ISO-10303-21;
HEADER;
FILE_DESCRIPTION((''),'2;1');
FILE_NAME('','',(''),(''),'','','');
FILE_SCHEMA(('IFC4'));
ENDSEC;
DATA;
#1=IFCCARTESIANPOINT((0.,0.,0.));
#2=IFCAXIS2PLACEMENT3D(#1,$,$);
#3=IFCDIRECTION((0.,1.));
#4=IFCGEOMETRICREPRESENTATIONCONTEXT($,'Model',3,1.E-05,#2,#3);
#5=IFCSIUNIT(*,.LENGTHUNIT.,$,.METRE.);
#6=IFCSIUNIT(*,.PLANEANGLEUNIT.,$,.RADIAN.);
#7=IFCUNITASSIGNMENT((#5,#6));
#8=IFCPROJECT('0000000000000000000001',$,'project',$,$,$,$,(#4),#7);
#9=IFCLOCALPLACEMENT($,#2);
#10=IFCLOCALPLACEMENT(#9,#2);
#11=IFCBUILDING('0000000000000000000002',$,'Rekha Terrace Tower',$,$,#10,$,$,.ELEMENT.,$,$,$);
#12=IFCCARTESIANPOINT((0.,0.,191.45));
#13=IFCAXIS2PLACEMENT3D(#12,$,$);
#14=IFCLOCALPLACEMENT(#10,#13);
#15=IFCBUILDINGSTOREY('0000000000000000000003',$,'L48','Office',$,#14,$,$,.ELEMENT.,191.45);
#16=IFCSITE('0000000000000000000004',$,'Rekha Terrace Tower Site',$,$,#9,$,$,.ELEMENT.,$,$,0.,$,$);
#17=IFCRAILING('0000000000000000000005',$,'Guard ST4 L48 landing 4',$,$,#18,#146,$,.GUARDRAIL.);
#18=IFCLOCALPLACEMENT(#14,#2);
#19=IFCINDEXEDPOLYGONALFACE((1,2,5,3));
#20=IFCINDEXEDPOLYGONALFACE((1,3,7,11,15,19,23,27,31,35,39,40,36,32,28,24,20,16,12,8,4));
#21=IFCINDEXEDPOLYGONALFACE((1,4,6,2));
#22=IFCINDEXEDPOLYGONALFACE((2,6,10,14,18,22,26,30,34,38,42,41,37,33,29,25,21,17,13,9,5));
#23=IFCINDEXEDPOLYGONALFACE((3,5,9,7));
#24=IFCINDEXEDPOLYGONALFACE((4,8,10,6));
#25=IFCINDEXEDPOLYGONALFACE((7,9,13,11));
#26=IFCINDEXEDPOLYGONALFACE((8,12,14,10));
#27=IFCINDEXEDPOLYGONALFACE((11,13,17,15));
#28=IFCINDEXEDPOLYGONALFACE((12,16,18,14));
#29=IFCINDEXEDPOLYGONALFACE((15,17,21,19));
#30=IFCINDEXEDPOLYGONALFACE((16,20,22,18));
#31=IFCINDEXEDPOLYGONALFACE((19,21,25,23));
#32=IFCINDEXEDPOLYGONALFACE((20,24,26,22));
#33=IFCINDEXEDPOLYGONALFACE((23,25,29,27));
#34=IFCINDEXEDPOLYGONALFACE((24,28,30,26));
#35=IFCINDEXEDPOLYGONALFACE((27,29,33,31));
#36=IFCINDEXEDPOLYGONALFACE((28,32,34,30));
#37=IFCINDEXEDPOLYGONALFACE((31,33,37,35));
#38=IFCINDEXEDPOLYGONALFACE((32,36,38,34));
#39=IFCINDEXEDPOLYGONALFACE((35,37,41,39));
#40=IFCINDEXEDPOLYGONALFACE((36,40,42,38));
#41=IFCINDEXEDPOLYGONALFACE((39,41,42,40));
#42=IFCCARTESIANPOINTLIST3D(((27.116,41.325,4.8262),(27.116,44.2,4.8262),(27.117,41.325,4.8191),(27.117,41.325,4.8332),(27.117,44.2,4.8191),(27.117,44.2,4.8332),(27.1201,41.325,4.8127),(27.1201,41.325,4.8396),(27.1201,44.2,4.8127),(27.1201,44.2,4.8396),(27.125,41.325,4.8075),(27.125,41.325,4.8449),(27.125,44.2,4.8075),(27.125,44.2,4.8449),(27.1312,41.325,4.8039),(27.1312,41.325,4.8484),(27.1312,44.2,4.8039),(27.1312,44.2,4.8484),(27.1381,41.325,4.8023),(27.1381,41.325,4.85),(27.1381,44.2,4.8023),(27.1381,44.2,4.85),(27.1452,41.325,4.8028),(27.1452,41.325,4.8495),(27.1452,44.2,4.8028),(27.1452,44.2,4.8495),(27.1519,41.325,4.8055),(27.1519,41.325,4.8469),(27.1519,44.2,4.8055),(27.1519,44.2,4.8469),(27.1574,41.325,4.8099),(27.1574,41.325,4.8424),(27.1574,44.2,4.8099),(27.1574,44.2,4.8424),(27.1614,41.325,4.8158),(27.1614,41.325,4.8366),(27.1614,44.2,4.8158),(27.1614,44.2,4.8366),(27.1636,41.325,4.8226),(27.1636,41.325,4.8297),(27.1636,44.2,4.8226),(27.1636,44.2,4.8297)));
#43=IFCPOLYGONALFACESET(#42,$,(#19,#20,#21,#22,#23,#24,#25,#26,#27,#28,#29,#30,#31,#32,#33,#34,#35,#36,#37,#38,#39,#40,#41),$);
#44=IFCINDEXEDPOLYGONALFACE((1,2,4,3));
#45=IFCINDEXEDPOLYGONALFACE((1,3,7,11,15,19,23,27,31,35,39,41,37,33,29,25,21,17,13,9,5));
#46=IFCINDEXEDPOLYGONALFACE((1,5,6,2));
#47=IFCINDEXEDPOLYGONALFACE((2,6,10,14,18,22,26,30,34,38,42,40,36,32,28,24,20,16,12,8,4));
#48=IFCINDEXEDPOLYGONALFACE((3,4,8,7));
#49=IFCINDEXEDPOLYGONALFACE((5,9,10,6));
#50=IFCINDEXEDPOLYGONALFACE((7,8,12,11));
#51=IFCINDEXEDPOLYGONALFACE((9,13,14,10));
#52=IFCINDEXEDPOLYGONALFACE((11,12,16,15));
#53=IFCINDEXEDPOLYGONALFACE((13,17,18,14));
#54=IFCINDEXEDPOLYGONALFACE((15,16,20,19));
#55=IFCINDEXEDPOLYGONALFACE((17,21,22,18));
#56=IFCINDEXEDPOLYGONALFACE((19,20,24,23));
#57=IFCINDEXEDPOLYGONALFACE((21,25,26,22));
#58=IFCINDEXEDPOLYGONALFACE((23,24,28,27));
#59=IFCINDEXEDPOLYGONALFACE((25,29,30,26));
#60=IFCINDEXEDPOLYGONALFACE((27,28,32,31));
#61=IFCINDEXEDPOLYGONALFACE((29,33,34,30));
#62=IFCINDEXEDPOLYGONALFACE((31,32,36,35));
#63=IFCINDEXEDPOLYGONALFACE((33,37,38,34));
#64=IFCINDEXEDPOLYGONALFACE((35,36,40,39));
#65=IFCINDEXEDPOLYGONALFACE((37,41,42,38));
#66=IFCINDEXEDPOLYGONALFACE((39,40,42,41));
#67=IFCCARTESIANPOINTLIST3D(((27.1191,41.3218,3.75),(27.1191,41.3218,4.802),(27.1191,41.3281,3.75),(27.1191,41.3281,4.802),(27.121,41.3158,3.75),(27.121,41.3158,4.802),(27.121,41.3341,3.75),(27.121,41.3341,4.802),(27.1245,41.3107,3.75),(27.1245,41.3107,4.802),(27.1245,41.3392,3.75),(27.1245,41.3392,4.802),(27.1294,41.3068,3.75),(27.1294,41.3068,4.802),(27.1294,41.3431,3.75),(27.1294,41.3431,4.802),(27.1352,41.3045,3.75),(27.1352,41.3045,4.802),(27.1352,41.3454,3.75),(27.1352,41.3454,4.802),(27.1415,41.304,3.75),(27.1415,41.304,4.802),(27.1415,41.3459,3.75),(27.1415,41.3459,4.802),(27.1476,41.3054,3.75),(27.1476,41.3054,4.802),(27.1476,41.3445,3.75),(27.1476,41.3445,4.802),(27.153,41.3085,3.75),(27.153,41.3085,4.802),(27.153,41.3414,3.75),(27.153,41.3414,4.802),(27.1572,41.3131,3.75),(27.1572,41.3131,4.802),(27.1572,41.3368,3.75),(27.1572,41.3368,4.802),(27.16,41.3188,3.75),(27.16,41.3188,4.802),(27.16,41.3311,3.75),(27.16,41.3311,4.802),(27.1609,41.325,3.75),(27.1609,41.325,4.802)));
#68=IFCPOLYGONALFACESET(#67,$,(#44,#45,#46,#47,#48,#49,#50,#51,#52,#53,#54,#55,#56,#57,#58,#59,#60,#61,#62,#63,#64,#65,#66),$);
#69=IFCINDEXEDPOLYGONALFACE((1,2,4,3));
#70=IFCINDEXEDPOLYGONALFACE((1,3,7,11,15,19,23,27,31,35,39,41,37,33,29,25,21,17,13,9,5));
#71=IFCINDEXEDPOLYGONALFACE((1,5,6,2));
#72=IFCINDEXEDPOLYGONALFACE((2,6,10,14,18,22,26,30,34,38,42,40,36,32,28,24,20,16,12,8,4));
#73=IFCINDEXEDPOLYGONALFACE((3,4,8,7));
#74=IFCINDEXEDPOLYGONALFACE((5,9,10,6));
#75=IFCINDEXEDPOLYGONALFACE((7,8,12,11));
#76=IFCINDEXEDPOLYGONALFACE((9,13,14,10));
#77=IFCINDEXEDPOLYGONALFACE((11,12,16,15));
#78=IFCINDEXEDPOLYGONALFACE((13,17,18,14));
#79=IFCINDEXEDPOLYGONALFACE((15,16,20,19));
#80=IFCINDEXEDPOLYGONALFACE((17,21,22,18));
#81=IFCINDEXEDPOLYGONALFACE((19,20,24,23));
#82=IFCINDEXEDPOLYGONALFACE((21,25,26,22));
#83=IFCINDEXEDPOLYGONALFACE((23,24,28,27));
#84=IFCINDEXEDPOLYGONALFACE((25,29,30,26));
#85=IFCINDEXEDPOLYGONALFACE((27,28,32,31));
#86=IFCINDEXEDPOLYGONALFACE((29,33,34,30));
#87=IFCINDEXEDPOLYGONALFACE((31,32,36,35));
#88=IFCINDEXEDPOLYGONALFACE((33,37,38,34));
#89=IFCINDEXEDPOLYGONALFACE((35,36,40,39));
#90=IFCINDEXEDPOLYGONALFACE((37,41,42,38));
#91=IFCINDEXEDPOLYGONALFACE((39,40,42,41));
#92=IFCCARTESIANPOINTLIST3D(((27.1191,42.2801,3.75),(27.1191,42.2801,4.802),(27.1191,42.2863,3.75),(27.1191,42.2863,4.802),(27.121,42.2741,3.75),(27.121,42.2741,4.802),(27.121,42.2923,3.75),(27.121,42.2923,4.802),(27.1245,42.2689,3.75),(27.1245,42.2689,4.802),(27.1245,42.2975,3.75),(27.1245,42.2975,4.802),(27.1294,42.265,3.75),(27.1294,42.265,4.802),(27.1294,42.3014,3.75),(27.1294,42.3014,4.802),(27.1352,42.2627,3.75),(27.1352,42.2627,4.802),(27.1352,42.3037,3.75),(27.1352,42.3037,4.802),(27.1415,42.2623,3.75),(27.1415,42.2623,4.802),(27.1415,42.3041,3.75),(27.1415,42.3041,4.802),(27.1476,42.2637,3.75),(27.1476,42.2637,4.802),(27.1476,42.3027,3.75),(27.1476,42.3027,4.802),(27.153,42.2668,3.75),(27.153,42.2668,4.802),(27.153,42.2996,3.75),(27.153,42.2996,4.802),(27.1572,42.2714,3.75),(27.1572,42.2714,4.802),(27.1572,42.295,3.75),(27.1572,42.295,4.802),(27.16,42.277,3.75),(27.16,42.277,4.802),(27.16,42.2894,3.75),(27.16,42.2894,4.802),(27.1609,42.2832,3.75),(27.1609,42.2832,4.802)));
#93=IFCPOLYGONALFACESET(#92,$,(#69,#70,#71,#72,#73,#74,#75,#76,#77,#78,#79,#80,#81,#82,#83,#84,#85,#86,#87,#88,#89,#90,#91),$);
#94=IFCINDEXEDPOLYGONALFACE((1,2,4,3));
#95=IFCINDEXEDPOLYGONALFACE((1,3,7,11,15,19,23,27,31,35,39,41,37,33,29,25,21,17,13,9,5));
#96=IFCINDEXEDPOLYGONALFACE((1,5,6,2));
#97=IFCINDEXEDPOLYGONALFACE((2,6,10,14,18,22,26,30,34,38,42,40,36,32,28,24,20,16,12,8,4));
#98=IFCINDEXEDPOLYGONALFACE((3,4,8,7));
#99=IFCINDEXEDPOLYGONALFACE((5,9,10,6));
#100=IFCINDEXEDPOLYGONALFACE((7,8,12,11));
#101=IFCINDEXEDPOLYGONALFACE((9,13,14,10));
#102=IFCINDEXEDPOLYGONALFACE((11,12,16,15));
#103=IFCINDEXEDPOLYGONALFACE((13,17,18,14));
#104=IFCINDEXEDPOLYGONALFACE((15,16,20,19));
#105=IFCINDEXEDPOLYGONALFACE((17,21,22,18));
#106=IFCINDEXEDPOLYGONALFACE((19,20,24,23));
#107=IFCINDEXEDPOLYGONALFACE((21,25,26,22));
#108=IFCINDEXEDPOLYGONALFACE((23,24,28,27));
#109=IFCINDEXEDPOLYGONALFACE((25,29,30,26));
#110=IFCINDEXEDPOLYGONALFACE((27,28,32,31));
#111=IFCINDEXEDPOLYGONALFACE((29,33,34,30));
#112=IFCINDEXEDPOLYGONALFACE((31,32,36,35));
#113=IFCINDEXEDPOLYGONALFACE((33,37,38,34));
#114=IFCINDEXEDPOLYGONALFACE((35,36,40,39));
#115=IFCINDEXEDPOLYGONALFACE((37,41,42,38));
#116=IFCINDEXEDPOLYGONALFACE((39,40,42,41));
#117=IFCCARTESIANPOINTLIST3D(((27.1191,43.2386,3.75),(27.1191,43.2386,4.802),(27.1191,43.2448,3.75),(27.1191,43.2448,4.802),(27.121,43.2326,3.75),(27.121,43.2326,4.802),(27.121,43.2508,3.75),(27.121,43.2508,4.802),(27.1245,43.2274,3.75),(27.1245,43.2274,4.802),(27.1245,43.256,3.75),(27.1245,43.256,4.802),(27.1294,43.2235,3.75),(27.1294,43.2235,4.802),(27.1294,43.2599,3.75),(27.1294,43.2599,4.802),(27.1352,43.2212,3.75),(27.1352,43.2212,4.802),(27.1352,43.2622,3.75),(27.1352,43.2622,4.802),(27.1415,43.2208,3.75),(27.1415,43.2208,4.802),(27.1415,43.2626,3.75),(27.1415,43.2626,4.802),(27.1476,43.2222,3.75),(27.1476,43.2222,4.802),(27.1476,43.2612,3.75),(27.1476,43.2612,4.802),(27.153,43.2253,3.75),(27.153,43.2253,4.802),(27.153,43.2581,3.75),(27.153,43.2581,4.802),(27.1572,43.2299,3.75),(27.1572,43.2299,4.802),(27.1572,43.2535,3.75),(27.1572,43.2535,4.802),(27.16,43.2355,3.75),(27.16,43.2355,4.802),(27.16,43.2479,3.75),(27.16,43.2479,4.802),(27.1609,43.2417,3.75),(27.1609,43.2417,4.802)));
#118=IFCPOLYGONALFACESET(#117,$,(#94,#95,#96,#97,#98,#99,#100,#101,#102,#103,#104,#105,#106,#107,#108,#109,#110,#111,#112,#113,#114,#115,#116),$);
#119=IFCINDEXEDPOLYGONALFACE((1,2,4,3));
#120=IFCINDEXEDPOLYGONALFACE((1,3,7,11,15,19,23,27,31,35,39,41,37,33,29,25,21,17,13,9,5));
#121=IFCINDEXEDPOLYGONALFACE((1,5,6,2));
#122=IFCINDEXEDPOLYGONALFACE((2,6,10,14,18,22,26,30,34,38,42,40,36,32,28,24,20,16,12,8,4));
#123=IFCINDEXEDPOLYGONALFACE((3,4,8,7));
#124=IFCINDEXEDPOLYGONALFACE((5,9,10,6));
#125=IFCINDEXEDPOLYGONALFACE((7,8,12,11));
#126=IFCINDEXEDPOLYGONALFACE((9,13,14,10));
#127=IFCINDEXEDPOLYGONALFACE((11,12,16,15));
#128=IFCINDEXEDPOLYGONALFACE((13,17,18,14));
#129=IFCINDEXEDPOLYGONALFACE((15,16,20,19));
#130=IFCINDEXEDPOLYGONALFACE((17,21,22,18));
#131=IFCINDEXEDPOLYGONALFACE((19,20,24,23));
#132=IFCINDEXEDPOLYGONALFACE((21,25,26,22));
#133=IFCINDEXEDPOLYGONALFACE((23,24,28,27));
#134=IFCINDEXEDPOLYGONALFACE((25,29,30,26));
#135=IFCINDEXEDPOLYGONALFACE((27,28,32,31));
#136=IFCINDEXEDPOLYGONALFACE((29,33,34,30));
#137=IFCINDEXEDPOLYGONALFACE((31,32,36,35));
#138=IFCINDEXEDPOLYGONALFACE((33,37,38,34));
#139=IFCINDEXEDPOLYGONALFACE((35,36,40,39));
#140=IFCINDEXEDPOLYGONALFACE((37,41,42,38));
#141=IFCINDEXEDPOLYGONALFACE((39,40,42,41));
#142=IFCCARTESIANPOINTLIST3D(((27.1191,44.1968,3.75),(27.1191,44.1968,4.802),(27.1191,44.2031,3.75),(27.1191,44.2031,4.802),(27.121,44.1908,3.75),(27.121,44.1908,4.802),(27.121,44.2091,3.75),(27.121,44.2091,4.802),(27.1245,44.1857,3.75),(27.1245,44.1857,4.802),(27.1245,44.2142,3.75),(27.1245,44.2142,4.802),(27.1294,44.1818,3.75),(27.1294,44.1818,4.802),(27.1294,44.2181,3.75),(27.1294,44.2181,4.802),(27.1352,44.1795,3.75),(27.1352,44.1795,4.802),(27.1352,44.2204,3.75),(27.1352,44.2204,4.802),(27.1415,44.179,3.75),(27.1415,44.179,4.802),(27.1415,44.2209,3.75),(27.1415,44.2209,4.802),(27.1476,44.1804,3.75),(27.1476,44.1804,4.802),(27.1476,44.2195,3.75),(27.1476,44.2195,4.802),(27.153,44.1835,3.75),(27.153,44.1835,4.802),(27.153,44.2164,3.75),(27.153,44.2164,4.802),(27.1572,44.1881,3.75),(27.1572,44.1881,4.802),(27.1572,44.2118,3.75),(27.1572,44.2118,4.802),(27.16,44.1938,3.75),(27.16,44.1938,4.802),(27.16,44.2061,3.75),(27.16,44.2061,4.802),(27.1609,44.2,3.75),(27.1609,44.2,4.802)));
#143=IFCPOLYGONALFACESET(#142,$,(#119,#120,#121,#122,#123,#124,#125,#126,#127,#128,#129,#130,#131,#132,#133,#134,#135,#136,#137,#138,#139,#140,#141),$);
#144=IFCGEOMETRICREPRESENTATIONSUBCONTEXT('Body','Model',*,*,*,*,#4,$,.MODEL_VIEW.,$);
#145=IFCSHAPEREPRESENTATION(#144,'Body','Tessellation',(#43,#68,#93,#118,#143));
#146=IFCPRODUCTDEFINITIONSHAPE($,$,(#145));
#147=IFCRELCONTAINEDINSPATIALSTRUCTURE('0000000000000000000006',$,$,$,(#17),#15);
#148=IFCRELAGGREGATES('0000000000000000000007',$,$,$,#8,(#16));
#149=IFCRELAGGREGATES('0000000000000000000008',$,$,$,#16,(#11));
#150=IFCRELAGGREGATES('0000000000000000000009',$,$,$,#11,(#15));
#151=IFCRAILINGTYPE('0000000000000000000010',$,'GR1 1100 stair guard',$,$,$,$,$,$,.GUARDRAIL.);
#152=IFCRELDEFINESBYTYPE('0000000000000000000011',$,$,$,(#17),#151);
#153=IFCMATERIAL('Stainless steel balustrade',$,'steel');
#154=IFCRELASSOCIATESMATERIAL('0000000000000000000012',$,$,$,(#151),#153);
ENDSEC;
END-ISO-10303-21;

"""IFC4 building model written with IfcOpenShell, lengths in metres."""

from ifc_helpers import new_model, si_unit, direction, frame, origin, origin_2d, place, context, subcontext, project, spatial, circle, extrude, material, type_object, element, save


model = new_model("IFC4")

# Units and contexts
model_context = context("Model", 3, precision=1e-05, world=origin(), true_north=direction((0.0, 1.0)))
body_context = subcontext(model_context, "Body", "Model", "MODEL_VIEW")
ifc_project = project(units=[si_unit("LENGTHUNIT", "METRE"), si_unit("PLANEANGLEUNIT", "RADIAN")], contexts=[model_context])

# Site, building, storey
site_placement = place(None, origin())
site = spatial("IfcSite", under=ifc_project, at=site_placement, Name="Rekha Terrace Tower Site", CompositionType="ELEMENT", RefElevation=0.0)
building_placement = place(site_placement, origin())
building = spatial("IfcBuilding", under=site, at=building_placement, Name="Rekha Terrace Tower", CompositionType="ELEMENT")
storey_placement = place(building_placement, frame((0.0, 0.0, 191.45)))
storey = spatial("IfcBuildingStorey", under=building, at=storey_placement, Name="L48", Description="Office", CompositionType="ELEMENT", Elevation=191.45)

# Railing
ifc_material_1 = material(Name="Stainless steel balustrade", Category="steel")
railing_type_1 = type_object("IfcRailingType", Name="GR1 1100 stair guard", PredefinedType="GUARDRAIL", material=ifc_material_1)
railing_1_placement = place(storey_placement, frame((27.1399, 41.325, 3.75)))
element("IfcRailing", 1, at=railing_1_placement, inside=storey, type_object=railing_type_1, Name="Guard ST4 L48 landing 4", PredefinedType="GUARDRAIL", context=body_context, shape_type="SweptSolid", body=[
    extrude(circle(Radius=0.0239, at=origin_2d()), frame((0.0, 0.0, 1.0762), z_axis=(0.0, 1.0, 0.0), x_axis=(-1.0, 0.0, 0.0)), (0.0, 0.0, 1.0), 2.875),
    extrude(circle(Radius=0.021, at=origin_2d()), origin(), (0.0, 0.0, 1.0), 1.052),
    extrude(circle(Radius=0.021, at=origin_2d()), frame((0.0, 0.9583, 0.0)), (0.0, 0.0, 1.0), 1.052),
    extrude(circle(Radius=0.021, at=origin_2d()), frame((0.0, 1.9167, 0.0)), (0.0, 0.0, 1.0), 1.052),
    extrude(circle(Radius=0.021, at=origin_2d()), frame((0.0, 2.875, 0.0)), (0.0, 0.0, 1.0), 1.052),
])

save(model, "model.ifc")
